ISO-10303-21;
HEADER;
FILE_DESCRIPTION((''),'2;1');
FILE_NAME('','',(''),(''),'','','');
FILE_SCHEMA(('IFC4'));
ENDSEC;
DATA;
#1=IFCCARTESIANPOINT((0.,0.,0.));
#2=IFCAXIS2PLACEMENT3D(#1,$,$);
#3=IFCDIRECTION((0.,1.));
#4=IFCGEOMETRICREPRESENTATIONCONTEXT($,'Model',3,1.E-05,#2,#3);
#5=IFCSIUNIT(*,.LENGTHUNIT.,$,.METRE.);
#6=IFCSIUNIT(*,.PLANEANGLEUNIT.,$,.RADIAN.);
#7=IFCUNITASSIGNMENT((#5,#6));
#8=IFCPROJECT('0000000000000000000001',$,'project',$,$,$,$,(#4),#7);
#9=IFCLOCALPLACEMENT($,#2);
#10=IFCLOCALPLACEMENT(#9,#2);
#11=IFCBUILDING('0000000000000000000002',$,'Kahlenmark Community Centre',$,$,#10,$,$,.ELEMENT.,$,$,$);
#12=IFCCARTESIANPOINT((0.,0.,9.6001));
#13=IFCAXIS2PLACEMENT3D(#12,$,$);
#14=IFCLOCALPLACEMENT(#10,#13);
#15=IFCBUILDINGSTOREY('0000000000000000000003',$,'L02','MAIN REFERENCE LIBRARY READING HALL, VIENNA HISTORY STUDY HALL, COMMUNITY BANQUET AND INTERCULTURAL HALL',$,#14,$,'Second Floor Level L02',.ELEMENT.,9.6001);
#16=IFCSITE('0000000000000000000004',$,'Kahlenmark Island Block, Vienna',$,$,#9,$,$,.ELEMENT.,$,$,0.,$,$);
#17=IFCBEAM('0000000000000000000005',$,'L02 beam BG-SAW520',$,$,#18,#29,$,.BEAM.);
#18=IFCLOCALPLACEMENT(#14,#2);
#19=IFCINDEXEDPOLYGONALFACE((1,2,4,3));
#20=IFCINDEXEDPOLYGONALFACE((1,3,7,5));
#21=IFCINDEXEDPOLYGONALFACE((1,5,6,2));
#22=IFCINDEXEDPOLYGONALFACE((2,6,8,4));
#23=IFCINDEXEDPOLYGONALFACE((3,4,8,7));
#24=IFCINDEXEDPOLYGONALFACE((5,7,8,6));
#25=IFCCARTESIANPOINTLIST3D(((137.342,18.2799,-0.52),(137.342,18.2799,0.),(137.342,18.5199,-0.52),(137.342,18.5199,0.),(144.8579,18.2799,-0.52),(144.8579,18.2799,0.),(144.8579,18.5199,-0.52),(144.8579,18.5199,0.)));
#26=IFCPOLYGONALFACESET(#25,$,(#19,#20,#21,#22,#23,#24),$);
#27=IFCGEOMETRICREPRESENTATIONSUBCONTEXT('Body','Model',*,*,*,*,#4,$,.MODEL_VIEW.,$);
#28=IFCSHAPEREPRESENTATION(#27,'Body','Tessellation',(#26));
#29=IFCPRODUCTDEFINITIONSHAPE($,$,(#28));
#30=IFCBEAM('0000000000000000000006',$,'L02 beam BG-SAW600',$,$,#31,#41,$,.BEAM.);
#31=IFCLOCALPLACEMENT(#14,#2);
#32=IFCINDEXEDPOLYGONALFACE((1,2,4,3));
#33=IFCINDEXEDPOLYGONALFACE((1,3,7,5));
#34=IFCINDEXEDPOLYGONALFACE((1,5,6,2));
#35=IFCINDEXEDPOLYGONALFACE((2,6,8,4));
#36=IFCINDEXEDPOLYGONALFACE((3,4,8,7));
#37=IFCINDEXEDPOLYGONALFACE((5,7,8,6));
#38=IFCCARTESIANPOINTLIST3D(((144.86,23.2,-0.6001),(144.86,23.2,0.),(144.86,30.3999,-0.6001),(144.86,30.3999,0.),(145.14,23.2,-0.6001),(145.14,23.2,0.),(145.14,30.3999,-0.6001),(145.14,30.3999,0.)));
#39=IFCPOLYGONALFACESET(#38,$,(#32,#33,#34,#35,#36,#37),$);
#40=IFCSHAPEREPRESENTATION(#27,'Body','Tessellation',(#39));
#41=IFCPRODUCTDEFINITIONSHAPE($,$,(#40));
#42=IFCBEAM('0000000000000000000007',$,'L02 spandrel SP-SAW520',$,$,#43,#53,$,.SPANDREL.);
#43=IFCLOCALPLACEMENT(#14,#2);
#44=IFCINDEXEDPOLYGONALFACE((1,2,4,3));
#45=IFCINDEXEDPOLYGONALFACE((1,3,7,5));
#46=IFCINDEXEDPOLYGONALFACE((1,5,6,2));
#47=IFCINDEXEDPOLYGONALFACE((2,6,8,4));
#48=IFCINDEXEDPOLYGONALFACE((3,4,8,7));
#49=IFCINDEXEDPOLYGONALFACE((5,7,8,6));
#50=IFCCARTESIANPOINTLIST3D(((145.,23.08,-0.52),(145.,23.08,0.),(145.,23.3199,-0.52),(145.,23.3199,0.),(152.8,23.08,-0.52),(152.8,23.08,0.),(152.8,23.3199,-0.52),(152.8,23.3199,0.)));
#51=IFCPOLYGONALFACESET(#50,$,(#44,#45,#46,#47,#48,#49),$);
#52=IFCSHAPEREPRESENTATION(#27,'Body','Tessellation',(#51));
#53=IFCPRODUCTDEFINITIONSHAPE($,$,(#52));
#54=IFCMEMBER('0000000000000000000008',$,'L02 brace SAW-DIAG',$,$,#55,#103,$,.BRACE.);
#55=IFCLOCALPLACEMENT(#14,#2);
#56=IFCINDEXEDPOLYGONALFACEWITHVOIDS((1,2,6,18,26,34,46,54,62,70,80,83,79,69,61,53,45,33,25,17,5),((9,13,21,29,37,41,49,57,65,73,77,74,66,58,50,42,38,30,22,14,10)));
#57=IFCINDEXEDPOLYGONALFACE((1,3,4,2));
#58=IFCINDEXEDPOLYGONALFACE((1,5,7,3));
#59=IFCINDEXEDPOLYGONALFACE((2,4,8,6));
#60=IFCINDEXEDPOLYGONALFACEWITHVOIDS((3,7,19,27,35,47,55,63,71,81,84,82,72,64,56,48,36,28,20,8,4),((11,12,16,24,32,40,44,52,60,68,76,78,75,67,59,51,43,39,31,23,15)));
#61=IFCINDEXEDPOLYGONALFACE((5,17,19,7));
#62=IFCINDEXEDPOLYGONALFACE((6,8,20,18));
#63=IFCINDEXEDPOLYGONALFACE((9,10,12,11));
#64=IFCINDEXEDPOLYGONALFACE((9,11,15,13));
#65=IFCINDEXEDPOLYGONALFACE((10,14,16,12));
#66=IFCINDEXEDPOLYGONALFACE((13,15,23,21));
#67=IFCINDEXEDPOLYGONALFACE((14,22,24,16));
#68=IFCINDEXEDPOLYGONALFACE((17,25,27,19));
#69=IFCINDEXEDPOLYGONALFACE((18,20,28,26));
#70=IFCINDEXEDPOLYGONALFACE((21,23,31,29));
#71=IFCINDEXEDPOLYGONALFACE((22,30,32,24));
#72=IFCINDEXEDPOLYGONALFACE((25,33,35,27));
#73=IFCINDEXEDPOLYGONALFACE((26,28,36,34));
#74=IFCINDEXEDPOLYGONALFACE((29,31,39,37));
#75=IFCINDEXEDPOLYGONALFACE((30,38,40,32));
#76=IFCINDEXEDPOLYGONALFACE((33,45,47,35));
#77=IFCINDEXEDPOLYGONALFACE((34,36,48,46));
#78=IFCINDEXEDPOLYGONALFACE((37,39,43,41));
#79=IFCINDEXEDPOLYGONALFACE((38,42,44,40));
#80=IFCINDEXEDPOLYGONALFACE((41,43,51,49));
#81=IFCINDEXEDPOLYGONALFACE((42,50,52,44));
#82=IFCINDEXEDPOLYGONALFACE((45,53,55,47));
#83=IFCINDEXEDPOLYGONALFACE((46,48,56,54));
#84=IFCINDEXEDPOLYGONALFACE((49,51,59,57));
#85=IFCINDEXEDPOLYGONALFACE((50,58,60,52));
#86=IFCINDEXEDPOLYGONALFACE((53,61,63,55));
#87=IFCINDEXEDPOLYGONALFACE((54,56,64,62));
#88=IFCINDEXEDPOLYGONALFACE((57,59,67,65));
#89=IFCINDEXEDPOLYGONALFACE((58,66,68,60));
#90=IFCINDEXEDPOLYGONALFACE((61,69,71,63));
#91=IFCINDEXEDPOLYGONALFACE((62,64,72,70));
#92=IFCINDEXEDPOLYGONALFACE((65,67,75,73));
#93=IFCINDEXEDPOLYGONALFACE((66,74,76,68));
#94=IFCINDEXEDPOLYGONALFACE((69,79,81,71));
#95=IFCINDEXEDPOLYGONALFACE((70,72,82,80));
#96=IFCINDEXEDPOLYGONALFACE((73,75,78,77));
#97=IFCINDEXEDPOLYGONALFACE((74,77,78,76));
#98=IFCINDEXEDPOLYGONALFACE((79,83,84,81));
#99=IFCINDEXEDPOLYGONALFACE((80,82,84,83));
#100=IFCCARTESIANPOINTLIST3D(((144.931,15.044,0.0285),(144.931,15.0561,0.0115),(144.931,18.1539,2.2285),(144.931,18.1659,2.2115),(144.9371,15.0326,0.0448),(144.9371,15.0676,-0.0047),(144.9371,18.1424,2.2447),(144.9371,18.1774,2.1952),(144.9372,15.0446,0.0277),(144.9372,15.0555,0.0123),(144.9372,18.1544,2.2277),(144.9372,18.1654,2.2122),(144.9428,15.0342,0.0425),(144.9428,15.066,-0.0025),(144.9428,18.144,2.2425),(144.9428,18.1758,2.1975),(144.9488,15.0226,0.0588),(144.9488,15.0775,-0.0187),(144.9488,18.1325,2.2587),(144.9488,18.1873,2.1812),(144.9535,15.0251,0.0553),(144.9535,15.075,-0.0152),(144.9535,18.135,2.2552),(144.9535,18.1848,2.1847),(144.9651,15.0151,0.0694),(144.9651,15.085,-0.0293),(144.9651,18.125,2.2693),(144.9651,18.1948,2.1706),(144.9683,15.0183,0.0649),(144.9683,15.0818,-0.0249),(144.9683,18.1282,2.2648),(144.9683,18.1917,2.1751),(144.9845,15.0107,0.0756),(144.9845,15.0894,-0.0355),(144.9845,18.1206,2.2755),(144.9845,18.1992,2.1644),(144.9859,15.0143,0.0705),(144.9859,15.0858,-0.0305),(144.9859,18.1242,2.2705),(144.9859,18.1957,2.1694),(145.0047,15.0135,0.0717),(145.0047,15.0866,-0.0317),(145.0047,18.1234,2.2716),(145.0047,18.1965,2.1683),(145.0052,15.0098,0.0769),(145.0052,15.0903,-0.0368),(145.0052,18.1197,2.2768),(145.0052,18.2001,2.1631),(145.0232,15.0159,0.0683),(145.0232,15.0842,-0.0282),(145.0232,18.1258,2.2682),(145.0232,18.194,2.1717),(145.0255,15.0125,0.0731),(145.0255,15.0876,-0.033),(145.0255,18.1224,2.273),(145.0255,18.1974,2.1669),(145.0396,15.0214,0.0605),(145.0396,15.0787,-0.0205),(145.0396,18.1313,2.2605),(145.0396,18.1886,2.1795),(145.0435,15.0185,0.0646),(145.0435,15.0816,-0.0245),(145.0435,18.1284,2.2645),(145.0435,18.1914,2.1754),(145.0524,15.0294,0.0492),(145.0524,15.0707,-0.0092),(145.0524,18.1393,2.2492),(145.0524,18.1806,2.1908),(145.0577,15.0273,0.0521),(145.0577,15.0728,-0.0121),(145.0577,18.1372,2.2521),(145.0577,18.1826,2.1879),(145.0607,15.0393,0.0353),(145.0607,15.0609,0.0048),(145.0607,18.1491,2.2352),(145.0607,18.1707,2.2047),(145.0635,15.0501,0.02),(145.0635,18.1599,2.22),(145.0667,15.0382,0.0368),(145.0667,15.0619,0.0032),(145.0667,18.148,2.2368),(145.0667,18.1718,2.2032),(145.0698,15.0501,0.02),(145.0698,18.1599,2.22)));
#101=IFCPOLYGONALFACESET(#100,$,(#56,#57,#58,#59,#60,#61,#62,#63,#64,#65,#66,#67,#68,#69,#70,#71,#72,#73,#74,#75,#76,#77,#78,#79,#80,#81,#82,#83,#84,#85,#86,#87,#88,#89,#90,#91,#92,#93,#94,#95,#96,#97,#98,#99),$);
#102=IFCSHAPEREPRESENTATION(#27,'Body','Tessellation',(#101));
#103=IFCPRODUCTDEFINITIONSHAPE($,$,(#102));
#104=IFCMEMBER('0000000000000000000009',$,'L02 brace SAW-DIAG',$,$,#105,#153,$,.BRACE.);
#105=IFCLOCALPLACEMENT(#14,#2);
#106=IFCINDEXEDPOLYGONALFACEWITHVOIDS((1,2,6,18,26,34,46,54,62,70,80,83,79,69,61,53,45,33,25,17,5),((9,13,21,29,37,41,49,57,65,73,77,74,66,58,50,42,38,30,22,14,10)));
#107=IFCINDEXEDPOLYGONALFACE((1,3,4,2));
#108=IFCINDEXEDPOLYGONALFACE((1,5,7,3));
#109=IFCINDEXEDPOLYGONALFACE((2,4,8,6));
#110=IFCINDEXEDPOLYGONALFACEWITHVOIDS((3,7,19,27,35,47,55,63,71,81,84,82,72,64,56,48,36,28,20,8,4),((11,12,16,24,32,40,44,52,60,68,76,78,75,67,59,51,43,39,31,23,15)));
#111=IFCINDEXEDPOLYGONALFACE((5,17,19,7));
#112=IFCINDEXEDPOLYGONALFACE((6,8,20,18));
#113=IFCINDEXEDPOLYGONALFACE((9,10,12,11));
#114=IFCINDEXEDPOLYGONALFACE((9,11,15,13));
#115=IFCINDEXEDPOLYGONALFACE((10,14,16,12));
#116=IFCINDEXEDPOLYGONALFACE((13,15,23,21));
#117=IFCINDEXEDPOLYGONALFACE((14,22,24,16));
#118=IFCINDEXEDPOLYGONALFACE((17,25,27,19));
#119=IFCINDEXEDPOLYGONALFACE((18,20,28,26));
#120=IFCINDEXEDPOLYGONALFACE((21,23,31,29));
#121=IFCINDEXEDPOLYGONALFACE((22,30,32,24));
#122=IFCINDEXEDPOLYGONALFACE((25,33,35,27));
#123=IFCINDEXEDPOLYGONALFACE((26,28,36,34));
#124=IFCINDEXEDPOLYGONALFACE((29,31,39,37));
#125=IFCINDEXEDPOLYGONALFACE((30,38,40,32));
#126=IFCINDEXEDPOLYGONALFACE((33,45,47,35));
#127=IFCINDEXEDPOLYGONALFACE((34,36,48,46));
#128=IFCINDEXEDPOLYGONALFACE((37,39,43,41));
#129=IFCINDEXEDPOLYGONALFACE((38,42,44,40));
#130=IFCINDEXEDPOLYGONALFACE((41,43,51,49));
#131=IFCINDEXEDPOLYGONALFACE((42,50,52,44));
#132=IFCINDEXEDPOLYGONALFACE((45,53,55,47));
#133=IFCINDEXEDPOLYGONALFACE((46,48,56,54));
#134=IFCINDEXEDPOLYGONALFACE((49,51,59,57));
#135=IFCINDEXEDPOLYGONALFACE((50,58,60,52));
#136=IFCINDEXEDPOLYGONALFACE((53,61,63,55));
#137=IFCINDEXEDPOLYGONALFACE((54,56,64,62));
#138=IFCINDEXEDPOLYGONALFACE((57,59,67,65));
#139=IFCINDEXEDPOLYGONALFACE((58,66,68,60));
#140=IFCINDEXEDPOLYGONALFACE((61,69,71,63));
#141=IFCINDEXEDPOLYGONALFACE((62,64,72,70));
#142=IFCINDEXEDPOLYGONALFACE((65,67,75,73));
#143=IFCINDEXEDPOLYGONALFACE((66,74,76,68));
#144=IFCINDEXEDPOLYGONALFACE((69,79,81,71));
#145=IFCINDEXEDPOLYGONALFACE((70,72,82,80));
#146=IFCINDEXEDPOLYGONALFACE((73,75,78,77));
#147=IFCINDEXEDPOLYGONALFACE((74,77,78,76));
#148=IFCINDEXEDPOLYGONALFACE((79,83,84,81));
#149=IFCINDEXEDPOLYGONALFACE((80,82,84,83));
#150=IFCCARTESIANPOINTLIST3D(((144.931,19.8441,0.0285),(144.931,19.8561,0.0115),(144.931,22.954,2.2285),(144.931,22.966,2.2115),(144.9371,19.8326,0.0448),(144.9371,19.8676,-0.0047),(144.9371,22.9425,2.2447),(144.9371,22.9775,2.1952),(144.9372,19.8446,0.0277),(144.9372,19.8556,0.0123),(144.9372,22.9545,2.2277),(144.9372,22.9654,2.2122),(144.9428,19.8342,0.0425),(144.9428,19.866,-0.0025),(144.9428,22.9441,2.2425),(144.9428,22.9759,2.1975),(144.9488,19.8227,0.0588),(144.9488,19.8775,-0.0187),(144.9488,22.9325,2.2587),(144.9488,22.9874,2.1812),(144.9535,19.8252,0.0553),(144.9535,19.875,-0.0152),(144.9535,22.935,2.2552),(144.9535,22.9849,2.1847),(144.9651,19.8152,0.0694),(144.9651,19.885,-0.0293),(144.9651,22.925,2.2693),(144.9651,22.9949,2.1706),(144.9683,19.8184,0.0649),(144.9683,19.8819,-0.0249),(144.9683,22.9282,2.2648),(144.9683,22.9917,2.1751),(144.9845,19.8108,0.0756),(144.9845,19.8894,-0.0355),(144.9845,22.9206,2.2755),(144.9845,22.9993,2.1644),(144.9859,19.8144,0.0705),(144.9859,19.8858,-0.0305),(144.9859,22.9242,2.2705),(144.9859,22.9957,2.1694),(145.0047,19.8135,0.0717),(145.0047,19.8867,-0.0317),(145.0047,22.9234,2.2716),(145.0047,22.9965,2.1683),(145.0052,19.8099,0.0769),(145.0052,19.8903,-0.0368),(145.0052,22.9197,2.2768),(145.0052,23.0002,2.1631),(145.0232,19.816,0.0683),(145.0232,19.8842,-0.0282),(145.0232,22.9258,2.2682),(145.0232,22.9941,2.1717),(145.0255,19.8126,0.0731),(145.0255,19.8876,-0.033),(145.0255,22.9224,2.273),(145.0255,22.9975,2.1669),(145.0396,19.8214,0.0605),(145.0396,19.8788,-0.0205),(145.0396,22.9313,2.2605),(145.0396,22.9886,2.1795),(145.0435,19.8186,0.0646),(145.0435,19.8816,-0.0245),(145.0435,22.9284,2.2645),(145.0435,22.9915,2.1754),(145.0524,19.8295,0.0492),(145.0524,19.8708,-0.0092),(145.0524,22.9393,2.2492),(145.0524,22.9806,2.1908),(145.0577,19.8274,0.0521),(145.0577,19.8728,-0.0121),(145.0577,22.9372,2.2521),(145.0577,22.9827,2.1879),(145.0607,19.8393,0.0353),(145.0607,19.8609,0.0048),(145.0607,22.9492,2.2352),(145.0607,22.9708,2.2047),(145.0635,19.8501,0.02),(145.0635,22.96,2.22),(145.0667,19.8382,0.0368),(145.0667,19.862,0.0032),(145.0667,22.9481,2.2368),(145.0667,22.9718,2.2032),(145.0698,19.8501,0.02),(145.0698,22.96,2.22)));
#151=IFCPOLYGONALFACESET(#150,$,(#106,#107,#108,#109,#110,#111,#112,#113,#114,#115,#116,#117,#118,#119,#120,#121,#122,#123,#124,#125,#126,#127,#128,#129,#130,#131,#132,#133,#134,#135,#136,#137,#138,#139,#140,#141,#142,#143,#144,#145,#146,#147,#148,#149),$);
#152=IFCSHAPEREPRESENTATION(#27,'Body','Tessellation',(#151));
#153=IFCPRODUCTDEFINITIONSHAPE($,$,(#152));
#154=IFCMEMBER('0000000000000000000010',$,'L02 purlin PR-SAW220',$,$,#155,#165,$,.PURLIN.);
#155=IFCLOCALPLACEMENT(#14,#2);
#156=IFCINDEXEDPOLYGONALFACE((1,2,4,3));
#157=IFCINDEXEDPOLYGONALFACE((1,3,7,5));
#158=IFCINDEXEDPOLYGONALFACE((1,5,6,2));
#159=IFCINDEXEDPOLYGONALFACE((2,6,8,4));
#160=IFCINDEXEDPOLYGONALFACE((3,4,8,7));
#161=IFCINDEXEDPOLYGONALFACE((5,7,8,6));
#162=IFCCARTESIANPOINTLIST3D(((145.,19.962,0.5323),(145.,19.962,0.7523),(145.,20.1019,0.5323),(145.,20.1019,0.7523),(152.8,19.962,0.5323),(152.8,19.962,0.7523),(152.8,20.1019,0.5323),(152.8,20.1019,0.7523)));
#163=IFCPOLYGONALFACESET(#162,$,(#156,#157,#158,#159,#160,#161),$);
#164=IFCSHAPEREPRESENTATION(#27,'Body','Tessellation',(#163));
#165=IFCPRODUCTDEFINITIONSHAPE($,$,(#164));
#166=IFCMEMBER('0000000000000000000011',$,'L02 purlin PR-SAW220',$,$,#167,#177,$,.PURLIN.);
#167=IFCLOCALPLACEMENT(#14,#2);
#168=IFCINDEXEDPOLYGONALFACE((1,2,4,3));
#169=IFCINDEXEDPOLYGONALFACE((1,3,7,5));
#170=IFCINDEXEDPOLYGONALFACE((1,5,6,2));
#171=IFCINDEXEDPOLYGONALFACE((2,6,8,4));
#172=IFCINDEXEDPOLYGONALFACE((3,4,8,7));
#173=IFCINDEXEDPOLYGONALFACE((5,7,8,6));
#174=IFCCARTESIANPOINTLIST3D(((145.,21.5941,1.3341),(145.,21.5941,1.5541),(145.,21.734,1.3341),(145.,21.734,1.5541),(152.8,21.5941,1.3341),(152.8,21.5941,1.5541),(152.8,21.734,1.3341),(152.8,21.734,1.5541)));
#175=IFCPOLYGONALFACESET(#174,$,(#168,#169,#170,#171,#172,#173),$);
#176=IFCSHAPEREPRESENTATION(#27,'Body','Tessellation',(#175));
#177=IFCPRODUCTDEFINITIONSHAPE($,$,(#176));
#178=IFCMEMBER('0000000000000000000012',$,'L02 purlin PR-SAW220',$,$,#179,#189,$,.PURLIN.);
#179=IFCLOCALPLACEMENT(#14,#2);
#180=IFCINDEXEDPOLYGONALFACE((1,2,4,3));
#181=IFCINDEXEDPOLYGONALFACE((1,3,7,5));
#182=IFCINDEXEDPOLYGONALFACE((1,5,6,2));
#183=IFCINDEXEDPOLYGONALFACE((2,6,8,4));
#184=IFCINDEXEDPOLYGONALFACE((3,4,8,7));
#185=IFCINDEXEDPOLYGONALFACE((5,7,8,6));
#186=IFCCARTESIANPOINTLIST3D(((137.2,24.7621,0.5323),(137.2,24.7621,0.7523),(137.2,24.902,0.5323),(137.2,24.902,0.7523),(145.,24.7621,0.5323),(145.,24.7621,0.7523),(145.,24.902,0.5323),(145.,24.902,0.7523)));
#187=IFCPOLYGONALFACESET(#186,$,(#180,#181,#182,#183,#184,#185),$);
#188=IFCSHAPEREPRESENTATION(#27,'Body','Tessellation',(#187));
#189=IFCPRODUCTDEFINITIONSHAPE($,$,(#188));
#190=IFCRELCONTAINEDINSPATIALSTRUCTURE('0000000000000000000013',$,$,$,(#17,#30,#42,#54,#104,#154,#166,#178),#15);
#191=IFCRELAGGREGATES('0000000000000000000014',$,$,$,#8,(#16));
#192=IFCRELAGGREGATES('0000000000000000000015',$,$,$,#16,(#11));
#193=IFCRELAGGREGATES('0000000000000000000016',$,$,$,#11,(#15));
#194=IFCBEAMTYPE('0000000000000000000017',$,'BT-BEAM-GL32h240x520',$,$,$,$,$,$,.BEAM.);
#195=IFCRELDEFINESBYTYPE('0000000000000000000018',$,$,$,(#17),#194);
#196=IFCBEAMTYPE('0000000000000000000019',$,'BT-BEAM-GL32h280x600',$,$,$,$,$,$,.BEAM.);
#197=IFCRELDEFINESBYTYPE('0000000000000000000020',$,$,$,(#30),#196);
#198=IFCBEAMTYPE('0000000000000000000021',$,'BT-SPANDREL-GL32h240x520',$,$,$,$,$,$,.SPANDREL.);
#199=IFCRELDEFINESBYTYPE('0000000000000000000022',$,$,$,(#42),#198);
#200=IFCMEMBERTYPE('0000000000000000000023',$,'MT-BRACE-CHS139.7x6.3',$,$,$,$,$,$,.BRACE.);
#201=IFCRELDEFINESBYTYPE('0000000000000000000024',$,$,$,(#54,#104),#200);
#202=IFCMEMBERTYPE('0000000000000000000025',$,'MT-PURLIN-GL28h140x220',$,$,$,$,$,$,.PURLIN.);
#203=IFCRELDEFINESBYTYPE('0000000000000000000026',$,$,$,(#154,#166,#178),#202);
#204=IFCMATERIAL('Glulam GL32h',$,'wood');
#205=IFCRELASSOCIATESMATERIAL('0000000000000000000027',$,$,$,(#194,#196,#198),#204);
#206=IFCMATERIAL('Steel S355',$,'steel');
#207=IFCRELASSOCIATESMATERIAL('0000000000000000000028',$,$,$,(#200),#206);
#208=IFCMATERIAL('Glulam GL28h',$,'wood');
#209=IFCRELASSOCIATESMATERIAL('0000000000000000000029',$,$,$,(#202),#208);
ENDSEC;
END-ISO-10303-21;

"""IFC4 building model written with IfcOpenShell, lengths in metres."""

from ifc_helpers import new_model, si_unit, direction, frame, origin, origin_2d, place, context, subcontext, project, spatial, rectangle, hollow_circle, extrude, material, material_profile, profile_set, type_object, element, save


model = new_model("IFC4")

# Units and contexts
model_context = context("Model", 3, precision=1e-05, world=origin(), true_north=direction((0.0, 1.0)))
body_context = subcontext(model_context, "Body", "Model", "MODEL_VIEW")
ifc_project = project(units=[si_unit("LENGTHUNIT", "METRE"), si_unit("PLANEANGLEUNIT", "RADIAN")], contexts=[model_context])

# Site, building, storey
site_placement = place(None, origin())
site = spatial("IfcSite", under=ifc_project, at=site_placement, Name="Kahlenmark Island Block, Vienna", CompositionType="ELEMENT", RefElevation=0.0)
building_placement = place(site_placement, origin())
building = spatial("IfcBuilding", under=site, at=building_placement, Name="Kahlenmark Community Centre", CompositionType="ELEMENT")
storey_placement = place(building_placement, frame((0.0, 0.0, 9.6001)))
storey = spatial("IfcBuildingStorey", under=building, at=storey_placement, Name="L02", Description="MAIN REFERENCE LIBRARY READING HALL, VIENNA HISTORY STUDY HALL, COMMUNITY BANQUET AND INTERCULTURAL HALL", LongName="Second Floor Level L02", CompositionType="ELEMENT", Elevation=9.6001)

# Beams
ifc_material_1 = material(Name="Glulam GL32h", Category="wood")
ifc_material_profile_1 = material_profile(ifc_material_1, rectangle(XDim=0.24, YDim=0.52, at=origin_2d()), Name="GL32h 240x520")
ifc_profile_set_1 = profile_set([ifc_material_profile_1], Name="Glulam GL32h")
beam_type_1 = type_object("IfcBeamType", Name="BT-BEAM-GL32h240x520", PredefinedType="BEAM", material=ifc_profile_set_1)
beam_1_placement = place(storey_placement, frame((137.342, 18.3999, -0.26), z_axis=(1.0, 0.0, 0.0), x_axis=(0.0, 1.0, 0.0)))
element("IfcBeam", 1, at=beam_1_placement, inside=storey, type_object=beam_type_1, Name="L02 beam BG-SAW520", PredefinedType="BEAM", context=body_context, shape_type="SweptSolid", body=[
    extrude(rectangle(XDim=0.24, YDim=0.52, at=origin_2d()), origin(), (0.0, 0.0, 1.0), 7.5159),
])
ifc_material_profile_2 = material_profile(ifc_material_1, rectangle(XDim=0.28, YDim=0.6001, at=origin_2d()), Name="GL32h 280x600")
ifc_profile_set_2 = profile_set([ifc_material_profile_2], Name="Glulam GL32h")
beam_type_2 = type_object("IfcBeamType", Name="BT-BEAM-GL32h280x600", PredefinedType="BEAM", material=ifc_profile_set_2)
beam_2_placement = place(storey_placement, frame((145.0, 23.2, -0.3), z_axis=(0.0, 1.0, 0.0), x_axis=(-1.0, 0.0, 0.0)))
element("IfcBeam", 2, at=beam_2_placement, inside=storey, type_object=beam_type_2, Name="L02 beam BG-SAW600", PredefinedType="BEAM", context=body_context, shape_type="SweptSolid", body=[
    extrude(rectangle(XDim=0.28, YDim=0.6001, at=origin_2d()), origin(), (0.0, 0.0, 1.0), 7.2),
])
ifc_material_profile_3 = material_profile(ifc_material_1, rectangle(XDim=0.24, YDim=0.52, at=origin_2d()), Name="GL32h 240x520")
ifc_profile_set_3 = profile_set([ifc_material_profile_3], Name="Glulam GL32h")
beam_type_3 = type_object("IfcBeamType", Name="BT-SPANDREL-GL32h240x520", PredefinedType="SPANDREL", material=ifc_profile_set_3)
beam_3_placement = place(storey_placement, frame((145.0, 23.2, -0.26), z_axis=(1.0, 0.0, 0.0), x_axis=(0.0, 1.0, 0.0)))
element("IfcBeam", 3, at=beam_3_placement, inside=storey, type_object=beam_type_3, Name="L02 spandrel SP-SAW520", PredefinedType="SPANDREL", context=body_context, shape_type="SweptSolid", body=[
    extrude(rectangle(XDim=0.24, YDim=0.52, at=origin_2d()), origin(), (0.0, 0.0, 1.0), 7.8),
])

# Members
ifc_material_2 = material(Name="Steel S355", Category="steel")
ifc_material_profile_4 = material_profile(ifc_material_2, hollow_circle(Radius=0.0698, WallThickness=0.0063, at=origin_2d()), Name="CHS 139.7x6.3")
ifc_profile_set_4 = profile_set([ifc_material_profile_4], Name="Steel S355")
member_type_1 = type_object("IfcMemberType", Name="MT-BRACE-CHS139.7x6.3", PredefinedType="BRACE", material=ifc_profile_set_4)
for number, where, z_axis, x_axis, name in (
    (4, (145.0, 18.1599, 2.22), (0.0, -0.81638, -0.577516), (1.0, 0.0, 0.0), "L02 brace SAW-DIAG"),
    (5, (145.0, 22.96, 2.22), (0.0, -0.81638, -0.577516), (1.0, 0.0, 0.0), "L02 brace SAW-DIAG"),
):
    element("IfcMember", number, at=place(storey_placement, frame(where, z_axis=z_axis, x_axis=x_axis)), inside=storey, type_object=member_type_1, Name=name, PredefinedType="BRACE", context=body_context, shape_type="SweptSolid", body=[
        extrude(hollow_circle(Radius=0.0698, WallThickness=0.0063, at=origin_2d()), origin(), (0.0, 0.0, 1.0), 3.8093),
    ])
ifc_material_3 = material(Name="Glulam GL28h", Category="wood")
ifc_material_profile_5 = material_profile(ifc_material_3, rectangle(XDim=0.1399, YDim=0.22, at=origin_2d()), Name="GL28h 140x220")
ifc_profile_set_5 = profile_set([ifc_material_profile_5], Name="Glulam GL28h")
member_type_2 = type_object("IfcMemberType", Name="MT-PURLIN-GL28h140x220", PredefinedType="PURLIN", material=ifc_profile_set_5)
for number, where, z_axis, x_axis, name in (
    (6, (145.0, 20.032, 0.6423), (1.0, 0.0, 0.0), (0.0, 1.0, 0.0), "L02 purlin PR-SAW220"),
    (7, (145.0, 21.6641, 1.4441), (1.0, 0.0, 0.0), (0.0, 1.0, 0.0), "L02 purlin PR-SAW220"),
    (8, (137.2, 24.832, 0.6423), (1.0, 0.0, 0.0), (0.0, 1.0, 0.0), "L02 purlin PR-SAW220"),
):
    element("IfcMember", number, at=place(storey_placement, frame(where, z_axis=z_axis, x_axis=x_axis)), inside=storey, type_object=member_type_2, Name=name, PredefinedType="PURLIN", context=body_context, shape_type="SweptSolid", body=[
        extrude(rectangle(XDim=0.1399, YDim=0.22, at=origin_2d()), origin(), (0.0, 0.0, 1.0), 7.8),
    ])

save(model, "model.ifc")
